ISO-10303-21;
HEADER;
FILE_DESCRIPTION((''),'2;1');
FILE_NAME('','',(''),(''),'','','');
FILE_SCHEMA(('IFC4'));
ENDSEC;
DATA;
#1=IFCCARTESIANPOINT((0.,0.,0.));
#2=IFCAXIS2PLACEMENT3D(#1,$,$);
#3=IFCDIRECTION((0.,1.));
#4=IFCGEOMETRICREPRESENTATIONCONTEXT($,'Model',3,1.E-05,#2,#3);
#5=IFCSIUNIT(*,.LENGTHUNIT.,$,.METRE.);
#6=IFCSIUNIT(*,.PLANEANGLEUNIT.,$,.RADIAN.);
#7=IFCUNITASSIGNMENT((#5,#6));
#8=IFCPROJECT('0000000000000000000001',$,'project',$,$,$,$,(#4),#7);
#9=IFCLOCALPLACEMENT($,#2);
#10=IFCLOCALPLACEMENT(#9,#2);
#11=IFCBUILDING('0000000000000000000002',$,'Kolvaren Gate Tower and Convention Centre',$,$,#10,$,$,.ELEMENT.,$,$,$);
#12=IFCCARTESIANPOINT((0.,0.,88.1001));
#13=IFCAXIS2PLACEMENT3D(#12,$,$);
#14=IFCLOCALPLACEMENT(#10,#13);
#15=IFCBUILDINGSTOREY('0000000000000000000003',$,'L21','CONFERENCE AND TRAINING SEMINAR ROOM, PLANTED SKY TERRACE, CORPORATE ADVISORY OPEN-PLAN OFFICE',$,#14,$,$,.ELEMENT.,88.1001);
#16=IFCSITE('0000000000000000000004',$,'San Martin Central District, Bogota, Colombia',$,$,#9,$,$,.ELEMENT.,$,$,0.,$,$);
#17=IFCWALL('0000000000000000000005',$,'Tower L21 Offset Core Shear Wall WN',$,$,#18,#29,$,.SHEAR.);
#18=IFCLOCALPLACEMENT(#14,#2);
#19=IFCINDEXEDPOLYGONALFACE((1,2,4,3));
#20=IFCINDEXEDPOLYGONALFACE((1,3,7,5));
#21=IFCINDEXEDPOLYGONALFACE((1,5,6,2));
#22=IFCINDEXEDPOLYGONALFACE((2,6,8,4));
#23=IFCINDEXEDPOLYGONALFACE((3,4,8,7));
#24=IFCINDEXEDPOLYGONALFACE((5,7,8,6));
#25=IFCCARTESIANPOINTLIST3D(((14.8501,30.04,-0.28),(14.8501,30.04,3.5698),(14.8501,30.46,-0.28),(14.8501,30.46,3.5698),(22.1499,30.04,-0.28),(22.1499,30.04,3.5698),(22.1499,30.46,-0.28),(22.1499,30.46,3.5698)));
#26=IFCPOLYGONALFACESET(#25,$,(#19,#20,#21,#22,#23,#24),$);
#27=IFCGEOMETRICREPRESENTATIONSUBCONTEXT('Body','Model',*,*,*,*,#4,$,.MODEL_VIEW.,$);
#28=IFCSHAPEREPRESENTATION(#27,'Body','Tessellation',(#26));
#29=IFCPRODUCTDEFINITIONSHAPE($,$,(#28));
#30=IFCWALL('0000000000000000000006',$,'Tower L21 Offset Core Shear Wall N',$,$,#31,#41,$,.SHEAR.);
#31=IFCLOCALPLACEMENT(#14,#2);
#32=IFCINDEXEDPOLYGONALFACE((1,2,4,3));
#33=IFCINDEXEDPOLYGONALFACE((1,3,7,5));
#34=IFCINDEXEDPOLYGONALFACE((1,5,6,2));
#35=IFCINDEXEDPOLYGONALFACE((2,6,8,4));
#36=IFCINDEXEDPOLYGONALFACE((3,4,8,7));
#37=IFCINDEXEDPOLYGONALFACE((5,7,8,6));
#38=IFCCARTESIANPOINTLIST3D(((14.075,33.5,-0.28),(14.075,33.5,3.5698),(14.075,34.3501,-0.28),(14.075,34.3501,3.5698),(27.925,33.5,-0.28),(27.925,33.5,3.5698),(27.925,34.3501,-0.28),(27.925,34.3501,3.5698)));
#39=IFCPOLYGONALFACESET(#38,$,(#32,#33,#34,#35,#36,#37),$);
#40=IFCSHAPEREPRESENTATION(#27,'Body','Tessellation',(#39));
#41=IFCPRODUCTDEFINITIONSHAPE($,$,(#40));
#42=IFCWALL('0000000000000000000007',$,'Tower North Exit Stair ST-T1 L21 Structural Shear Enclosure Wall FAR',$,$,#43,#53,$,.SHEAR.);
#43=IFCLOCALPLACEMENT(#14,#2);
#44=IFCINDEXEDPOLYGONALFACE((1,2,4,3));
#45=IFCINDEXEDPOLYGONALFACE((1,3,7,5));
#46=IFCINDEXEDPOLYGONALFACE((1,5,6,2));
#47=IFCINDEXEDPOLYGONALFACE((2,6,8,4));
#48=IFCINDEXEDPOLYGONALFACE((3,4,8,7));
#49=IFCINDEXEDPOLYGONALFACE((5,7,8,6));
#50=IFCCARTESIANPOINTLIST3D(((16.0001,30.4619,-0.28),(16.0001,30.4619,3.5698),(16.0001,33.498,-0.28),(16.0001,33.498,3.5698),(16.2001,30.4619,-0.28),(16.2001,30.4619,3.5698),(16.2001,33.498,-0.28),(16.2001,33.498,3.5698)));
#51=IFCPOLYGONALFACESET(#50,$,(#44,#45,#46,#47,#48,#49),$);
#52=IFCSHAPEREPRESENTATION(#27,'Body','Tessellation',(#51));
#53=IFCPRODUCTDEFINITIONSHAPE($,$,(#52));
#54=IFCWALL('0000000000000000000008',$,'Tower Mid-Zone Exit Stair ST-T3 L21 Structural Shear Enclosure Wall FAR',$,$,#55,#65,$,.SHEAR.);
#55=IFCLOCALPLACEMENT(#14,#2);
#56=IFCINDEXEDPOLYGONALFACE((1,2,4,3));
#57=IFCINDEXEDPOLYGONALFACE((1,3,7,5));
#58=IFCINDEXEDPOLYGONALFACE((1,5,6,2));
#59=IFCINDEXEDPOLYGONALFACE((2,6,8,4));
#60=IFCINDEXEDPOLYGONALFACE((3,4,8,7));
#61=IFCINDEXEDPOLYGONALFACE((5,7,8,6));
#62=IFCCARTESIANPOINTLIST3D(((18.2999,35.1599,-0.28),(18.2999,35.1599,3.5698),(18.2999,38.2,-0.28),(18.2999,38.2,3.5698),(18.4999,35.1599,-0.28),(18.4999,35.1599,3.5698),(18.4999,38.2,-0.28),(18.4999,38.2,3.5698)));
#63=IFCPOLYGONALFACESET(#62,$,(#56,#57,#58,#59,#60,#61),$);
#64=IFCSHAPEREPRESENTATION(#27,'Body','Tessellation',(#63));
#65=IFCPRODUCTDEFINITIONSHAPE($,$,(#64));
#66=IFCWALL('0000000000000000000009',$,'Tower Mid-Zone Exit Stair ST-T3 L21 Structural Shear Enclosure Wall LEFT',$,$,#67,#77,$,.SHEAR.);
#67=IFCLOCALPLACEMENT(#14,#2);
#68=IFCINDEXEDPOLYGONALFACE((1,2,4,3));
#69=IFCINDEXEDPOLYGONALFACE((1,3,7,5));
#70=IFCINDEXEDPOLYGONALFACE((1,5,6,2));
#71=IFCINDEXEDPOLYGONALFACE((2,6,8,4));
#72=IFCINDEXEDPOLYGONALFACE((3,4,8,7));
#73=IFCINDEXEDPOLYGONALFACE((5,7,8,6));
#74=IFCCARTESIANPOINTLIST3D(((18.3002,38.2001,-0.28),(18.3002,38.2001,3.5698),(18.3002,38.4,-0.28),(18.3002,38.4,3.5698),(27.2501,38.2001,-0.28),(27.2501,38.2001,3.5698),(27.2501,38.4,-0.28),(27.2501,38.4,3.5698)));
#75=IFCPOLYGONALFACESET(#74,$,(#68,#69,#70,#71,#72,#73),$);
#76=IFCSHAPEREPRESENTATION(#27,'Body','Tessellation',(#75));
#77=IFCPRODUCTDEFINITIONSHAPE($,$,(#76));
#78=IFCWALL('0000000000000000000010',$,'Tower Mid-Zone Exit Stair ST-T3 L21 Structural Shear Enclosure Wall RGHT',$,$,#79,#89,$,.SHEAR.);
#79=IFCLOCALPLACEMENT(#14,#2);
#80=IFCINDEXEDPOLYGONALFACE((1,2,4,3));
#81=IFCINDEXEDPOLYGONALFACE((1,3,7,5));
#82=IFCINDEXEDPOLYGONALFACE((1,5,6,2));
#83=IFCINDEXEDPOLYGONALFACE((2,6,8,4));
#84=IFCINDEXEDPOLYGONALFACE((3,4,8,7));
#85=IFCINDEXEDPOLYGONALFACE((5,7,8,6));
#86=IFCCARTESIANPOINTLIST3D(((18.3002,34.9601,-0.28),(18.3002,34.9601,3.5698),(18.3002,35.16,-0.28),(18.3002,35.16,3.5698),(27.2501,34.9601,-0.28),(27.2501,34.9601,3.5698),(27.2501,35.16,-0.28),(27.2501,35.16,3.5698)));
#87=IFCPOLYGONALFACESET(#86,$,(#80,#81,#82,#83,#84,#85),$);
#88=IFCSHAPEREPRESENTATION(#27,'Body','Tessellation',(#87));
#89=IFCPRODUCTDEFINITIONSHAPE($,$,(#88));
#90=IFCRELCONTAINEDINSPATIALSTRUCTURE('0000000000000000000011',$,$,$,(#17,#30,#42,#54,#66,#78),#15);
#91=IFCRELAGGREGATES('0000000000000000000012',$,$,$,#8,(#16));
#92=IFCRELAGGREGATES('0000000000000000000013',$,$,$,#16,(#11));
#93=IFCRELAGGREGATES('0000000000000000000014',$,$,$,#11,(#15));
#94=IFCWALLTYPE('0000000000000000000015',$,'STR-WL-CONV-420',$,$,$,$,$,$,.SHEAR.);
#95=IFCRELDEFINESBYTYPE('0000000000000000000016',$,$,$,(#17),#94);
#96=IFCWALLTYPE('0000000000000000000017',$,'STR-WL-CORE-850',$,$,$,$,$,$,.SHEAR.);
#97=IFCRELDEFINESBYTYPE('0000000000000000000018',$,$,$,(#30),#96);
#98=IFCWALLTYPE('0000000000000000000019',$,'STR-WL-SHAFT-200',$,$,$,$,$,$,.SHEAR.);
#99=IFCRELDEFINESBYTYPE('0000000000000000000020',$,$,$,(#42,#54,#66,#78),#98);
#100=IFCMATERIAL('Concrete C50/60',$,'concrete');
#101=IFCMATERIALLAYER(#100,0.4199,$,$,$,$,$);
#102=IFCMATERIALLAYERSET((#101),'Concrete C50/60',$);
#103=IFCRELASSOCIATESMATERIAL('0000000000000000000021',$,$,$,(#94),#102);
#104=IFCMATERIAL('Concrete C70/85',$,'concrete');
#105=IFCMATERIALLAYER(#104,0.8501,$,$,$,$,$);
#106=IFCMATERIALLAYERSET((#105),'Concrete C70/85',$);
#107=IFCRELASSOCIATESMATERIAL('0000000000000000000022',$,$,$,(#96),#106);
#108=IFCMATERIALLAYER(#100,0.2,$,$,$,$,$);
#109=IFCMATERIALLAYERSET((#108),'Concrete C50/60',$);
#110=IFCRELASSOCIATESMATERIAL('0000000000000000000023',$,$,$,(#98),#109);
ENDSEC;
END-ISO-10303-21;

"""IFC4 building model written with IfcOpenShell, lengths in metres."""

from ifc_helpers import new_model, si_unit, direction, frame, frame_2d, origin, place, context, subcontext, project, spatial, rectangle, extrude, material, layer, layer_set, type_object, element, save


model = new_model("IFC4")

# Units and contexts
model_context = context("Model", 3, precision=1e-05, world=origin(), true_north=direction((0.0, 1.0)))
body_context = subcontext(model_context, "Body", "Model", "MODEL_VIEW")
ifc_project = project(units=[si_unit("LENGTHUNIT", "METRE"), si_unit("PLANEANGLEUNIT", "RADIAN")], contexts=[model_context])

# Site, building, storey
site_placement = place(None, origin())
site = spatial("IfcSite", under=ifc_project, at=site_placement, Name="San Martin Central District, Bogota, Colombia", CompositionType="ELEMENT", RefElevation=0.0)
building_placement = place(site_placement, origin())
building = spatial("IfcBuilding", under=site, at=building_placement, Name="Kolvaren Gate Tower and Convention Centre", CompositionType="ELEMENT")
storey_placement = place(building_placement, frame((0.0, 0.0, 88.1001)))
storey = spatial("IfcBuildingStorey", under=building, at=storey_placement, Name="L21", Description="CONFERENCE AND TRAINING SEMINAR ROOM, PLANTED SKY TERRACE, CORPORATE ADVISORY OPEN-PLAN OFFICE", CompositionType="ELEMENT", Elevation=88.1001)

# Shared definitions
ifc_material_1 = material(Name="Concrete C70/85", Category="concrete")

# Walls
ifc_material_2 = material(Name="Concrete C50/60", Category="concrete")
ifc_layer_1 = layer(ifc_material_2, 0.4199)
ifc_layer_set_1 = layer_set([ifc_layer_1], Name="Concrete C50/60")
wall_type_1 = type_object("IfcWallType", Name="STR-WL-CONV-420", PredefinedType="SHEAR", material=ifc_layer_set_1)
wall_1_placement = place(storey_placement, frame((14.8501, 30.25, -0.28), z_axis=(0.0, 0.0, 1.0), x_axis=(1.0, 0.0, 0.0)))
element("IfcWall", 1, at=wall_1_placement, inside=storey, type_object=wall_type_1, Name="Tower L21 Offset Core Shear Wall WN", PredefinedType="SHEAR", context=body_context, shape_type="SweptSolid", body=[
    extrude(rectangle(XDim=7.2998, YDim=0.4199, at=frame_2d((3.6499, 0.0))), origin(), (0.0, 0.0, 1.0), 3.8499),
])
ifc_layer_2 = layer(ifc_material_1, 0.8501)
ifc_layer_set_2 = layer_set([ifc_layer_2], Name="Concrete C70/85")
wall_type_2 = type_object("IfcWallType", Name="STR-WL-CORE-850", PredefinedType="SHEAR", material=ifc_layer_set_2)
wall_2_placement = place(storey_placement, frame((14.075, 33.925, -0.28), z_axis=(0.0, 0.0, 1.0), x_axis=(1.0, 0.0, 0.0)))
element("IfcWall", 2, at=wall_2_placement, inside=storey, type_object=wall_type_2, Name="Tower L21 Offset Core Shear Wall N", PredefinedType="SHEAR", context=body_context, shape_type="SweptSolid", body=[
    extrude(rectangle(XDim=13.8501, YDim=0.8501, at=frame_2d((6.925, 0.0))), origin(), (0.0, 0.0, 1.0), 3.8499),
])
ifc_layer_3 = layer(ifc_material_2, 0.2)
ifc_layer_set_3 = layer_set([ifc_layer_3], Name="Concrete C50/60")
wall_type_3 = type_object("IfcWallType", Name="STR-WL-SHAFT-200", PredefinedType="SHEAR", material=ifc_layer_set_3)
wall_3_placement = place(storey_placement, frame((16.1001, 30.4619, -0.28), z_axis=(0.0, 0.0, 1.0), x_axis=(0.0, 1.0, 0.0)))
element("IfcWall", 3, at=wall_3_placement, inside=storey, type_object=wall_type_3, Name="Tower North Exit Stair ST-T1 L21 Structural Shear Enclosure Wall FAR", PredefinedType="SHEAR", context=body_context, shape_type="SweptSolid", body=[
    extrude(rectangle(XDim=3.0361, YDim=0.2, at=frame_2d((1.5181, 0.0))), origin(), (0.0, 0.0, 1.0), 3.8499),
])
wall_4_placement = place(storey_placement, frame((18.3999, 35.1599, -0.28), z_axis=(0.0, 0.0, 1.0), x_axis=(0.0, 1.0, 0.0)))
element("IfcWall", 4, at=wall_4_placement, inside=storey, type_object=wall_type_3, Name="Tower Mid-Zone Exit Stair ST-T3 L21 Structural Shear Enclosure Wall FAR", PredefinedType="SHEAR", context=body_context, shape_type="SweptSolid", body=[
    extrude(rectangle(XDim=3.04, YDim=0.2, at=frame_2d((1.52, 0.0))), origin(), (0.0, 0.0, 1.0), 3.8499),
])
for number, where, z_axis, x_axis, name in (
    (5, (18.3, 38.3, -0.28), (0.0, 0.0, 1.0), (1.0, 0.0, 0.0), "Tower Mid-Zone Exit Stair ST-T3 L21 Structural Shear Enclosure Wall LEFT"),
    (6, (18.3, 35.0601, -0.28), (0.0, 0.0, 1.0), (1.0, 0.0, 0.0), "Tower Mid-Zone Exit Stair ST-T3 L21 Structural Shear Enclosure Wall RGHT"),
):
    element("IfcWall", number, at=place(storey_placement, frame(where, z_axis=z_axis, x_axis=x_axis)), inside=storey, type_object=wall_type_3, Name=name, PredefinedType="SHEAR", context=body_context, shape_type="SweptSolid", body=[
        extrude(rectangle(XDim=8.95, YDim=0.2, at=frame_2d((4.4751, 0.0))), origin(), (0.0, 0.0, 1.0), 3.8499),
    ])

save(model, "model.ifc")
